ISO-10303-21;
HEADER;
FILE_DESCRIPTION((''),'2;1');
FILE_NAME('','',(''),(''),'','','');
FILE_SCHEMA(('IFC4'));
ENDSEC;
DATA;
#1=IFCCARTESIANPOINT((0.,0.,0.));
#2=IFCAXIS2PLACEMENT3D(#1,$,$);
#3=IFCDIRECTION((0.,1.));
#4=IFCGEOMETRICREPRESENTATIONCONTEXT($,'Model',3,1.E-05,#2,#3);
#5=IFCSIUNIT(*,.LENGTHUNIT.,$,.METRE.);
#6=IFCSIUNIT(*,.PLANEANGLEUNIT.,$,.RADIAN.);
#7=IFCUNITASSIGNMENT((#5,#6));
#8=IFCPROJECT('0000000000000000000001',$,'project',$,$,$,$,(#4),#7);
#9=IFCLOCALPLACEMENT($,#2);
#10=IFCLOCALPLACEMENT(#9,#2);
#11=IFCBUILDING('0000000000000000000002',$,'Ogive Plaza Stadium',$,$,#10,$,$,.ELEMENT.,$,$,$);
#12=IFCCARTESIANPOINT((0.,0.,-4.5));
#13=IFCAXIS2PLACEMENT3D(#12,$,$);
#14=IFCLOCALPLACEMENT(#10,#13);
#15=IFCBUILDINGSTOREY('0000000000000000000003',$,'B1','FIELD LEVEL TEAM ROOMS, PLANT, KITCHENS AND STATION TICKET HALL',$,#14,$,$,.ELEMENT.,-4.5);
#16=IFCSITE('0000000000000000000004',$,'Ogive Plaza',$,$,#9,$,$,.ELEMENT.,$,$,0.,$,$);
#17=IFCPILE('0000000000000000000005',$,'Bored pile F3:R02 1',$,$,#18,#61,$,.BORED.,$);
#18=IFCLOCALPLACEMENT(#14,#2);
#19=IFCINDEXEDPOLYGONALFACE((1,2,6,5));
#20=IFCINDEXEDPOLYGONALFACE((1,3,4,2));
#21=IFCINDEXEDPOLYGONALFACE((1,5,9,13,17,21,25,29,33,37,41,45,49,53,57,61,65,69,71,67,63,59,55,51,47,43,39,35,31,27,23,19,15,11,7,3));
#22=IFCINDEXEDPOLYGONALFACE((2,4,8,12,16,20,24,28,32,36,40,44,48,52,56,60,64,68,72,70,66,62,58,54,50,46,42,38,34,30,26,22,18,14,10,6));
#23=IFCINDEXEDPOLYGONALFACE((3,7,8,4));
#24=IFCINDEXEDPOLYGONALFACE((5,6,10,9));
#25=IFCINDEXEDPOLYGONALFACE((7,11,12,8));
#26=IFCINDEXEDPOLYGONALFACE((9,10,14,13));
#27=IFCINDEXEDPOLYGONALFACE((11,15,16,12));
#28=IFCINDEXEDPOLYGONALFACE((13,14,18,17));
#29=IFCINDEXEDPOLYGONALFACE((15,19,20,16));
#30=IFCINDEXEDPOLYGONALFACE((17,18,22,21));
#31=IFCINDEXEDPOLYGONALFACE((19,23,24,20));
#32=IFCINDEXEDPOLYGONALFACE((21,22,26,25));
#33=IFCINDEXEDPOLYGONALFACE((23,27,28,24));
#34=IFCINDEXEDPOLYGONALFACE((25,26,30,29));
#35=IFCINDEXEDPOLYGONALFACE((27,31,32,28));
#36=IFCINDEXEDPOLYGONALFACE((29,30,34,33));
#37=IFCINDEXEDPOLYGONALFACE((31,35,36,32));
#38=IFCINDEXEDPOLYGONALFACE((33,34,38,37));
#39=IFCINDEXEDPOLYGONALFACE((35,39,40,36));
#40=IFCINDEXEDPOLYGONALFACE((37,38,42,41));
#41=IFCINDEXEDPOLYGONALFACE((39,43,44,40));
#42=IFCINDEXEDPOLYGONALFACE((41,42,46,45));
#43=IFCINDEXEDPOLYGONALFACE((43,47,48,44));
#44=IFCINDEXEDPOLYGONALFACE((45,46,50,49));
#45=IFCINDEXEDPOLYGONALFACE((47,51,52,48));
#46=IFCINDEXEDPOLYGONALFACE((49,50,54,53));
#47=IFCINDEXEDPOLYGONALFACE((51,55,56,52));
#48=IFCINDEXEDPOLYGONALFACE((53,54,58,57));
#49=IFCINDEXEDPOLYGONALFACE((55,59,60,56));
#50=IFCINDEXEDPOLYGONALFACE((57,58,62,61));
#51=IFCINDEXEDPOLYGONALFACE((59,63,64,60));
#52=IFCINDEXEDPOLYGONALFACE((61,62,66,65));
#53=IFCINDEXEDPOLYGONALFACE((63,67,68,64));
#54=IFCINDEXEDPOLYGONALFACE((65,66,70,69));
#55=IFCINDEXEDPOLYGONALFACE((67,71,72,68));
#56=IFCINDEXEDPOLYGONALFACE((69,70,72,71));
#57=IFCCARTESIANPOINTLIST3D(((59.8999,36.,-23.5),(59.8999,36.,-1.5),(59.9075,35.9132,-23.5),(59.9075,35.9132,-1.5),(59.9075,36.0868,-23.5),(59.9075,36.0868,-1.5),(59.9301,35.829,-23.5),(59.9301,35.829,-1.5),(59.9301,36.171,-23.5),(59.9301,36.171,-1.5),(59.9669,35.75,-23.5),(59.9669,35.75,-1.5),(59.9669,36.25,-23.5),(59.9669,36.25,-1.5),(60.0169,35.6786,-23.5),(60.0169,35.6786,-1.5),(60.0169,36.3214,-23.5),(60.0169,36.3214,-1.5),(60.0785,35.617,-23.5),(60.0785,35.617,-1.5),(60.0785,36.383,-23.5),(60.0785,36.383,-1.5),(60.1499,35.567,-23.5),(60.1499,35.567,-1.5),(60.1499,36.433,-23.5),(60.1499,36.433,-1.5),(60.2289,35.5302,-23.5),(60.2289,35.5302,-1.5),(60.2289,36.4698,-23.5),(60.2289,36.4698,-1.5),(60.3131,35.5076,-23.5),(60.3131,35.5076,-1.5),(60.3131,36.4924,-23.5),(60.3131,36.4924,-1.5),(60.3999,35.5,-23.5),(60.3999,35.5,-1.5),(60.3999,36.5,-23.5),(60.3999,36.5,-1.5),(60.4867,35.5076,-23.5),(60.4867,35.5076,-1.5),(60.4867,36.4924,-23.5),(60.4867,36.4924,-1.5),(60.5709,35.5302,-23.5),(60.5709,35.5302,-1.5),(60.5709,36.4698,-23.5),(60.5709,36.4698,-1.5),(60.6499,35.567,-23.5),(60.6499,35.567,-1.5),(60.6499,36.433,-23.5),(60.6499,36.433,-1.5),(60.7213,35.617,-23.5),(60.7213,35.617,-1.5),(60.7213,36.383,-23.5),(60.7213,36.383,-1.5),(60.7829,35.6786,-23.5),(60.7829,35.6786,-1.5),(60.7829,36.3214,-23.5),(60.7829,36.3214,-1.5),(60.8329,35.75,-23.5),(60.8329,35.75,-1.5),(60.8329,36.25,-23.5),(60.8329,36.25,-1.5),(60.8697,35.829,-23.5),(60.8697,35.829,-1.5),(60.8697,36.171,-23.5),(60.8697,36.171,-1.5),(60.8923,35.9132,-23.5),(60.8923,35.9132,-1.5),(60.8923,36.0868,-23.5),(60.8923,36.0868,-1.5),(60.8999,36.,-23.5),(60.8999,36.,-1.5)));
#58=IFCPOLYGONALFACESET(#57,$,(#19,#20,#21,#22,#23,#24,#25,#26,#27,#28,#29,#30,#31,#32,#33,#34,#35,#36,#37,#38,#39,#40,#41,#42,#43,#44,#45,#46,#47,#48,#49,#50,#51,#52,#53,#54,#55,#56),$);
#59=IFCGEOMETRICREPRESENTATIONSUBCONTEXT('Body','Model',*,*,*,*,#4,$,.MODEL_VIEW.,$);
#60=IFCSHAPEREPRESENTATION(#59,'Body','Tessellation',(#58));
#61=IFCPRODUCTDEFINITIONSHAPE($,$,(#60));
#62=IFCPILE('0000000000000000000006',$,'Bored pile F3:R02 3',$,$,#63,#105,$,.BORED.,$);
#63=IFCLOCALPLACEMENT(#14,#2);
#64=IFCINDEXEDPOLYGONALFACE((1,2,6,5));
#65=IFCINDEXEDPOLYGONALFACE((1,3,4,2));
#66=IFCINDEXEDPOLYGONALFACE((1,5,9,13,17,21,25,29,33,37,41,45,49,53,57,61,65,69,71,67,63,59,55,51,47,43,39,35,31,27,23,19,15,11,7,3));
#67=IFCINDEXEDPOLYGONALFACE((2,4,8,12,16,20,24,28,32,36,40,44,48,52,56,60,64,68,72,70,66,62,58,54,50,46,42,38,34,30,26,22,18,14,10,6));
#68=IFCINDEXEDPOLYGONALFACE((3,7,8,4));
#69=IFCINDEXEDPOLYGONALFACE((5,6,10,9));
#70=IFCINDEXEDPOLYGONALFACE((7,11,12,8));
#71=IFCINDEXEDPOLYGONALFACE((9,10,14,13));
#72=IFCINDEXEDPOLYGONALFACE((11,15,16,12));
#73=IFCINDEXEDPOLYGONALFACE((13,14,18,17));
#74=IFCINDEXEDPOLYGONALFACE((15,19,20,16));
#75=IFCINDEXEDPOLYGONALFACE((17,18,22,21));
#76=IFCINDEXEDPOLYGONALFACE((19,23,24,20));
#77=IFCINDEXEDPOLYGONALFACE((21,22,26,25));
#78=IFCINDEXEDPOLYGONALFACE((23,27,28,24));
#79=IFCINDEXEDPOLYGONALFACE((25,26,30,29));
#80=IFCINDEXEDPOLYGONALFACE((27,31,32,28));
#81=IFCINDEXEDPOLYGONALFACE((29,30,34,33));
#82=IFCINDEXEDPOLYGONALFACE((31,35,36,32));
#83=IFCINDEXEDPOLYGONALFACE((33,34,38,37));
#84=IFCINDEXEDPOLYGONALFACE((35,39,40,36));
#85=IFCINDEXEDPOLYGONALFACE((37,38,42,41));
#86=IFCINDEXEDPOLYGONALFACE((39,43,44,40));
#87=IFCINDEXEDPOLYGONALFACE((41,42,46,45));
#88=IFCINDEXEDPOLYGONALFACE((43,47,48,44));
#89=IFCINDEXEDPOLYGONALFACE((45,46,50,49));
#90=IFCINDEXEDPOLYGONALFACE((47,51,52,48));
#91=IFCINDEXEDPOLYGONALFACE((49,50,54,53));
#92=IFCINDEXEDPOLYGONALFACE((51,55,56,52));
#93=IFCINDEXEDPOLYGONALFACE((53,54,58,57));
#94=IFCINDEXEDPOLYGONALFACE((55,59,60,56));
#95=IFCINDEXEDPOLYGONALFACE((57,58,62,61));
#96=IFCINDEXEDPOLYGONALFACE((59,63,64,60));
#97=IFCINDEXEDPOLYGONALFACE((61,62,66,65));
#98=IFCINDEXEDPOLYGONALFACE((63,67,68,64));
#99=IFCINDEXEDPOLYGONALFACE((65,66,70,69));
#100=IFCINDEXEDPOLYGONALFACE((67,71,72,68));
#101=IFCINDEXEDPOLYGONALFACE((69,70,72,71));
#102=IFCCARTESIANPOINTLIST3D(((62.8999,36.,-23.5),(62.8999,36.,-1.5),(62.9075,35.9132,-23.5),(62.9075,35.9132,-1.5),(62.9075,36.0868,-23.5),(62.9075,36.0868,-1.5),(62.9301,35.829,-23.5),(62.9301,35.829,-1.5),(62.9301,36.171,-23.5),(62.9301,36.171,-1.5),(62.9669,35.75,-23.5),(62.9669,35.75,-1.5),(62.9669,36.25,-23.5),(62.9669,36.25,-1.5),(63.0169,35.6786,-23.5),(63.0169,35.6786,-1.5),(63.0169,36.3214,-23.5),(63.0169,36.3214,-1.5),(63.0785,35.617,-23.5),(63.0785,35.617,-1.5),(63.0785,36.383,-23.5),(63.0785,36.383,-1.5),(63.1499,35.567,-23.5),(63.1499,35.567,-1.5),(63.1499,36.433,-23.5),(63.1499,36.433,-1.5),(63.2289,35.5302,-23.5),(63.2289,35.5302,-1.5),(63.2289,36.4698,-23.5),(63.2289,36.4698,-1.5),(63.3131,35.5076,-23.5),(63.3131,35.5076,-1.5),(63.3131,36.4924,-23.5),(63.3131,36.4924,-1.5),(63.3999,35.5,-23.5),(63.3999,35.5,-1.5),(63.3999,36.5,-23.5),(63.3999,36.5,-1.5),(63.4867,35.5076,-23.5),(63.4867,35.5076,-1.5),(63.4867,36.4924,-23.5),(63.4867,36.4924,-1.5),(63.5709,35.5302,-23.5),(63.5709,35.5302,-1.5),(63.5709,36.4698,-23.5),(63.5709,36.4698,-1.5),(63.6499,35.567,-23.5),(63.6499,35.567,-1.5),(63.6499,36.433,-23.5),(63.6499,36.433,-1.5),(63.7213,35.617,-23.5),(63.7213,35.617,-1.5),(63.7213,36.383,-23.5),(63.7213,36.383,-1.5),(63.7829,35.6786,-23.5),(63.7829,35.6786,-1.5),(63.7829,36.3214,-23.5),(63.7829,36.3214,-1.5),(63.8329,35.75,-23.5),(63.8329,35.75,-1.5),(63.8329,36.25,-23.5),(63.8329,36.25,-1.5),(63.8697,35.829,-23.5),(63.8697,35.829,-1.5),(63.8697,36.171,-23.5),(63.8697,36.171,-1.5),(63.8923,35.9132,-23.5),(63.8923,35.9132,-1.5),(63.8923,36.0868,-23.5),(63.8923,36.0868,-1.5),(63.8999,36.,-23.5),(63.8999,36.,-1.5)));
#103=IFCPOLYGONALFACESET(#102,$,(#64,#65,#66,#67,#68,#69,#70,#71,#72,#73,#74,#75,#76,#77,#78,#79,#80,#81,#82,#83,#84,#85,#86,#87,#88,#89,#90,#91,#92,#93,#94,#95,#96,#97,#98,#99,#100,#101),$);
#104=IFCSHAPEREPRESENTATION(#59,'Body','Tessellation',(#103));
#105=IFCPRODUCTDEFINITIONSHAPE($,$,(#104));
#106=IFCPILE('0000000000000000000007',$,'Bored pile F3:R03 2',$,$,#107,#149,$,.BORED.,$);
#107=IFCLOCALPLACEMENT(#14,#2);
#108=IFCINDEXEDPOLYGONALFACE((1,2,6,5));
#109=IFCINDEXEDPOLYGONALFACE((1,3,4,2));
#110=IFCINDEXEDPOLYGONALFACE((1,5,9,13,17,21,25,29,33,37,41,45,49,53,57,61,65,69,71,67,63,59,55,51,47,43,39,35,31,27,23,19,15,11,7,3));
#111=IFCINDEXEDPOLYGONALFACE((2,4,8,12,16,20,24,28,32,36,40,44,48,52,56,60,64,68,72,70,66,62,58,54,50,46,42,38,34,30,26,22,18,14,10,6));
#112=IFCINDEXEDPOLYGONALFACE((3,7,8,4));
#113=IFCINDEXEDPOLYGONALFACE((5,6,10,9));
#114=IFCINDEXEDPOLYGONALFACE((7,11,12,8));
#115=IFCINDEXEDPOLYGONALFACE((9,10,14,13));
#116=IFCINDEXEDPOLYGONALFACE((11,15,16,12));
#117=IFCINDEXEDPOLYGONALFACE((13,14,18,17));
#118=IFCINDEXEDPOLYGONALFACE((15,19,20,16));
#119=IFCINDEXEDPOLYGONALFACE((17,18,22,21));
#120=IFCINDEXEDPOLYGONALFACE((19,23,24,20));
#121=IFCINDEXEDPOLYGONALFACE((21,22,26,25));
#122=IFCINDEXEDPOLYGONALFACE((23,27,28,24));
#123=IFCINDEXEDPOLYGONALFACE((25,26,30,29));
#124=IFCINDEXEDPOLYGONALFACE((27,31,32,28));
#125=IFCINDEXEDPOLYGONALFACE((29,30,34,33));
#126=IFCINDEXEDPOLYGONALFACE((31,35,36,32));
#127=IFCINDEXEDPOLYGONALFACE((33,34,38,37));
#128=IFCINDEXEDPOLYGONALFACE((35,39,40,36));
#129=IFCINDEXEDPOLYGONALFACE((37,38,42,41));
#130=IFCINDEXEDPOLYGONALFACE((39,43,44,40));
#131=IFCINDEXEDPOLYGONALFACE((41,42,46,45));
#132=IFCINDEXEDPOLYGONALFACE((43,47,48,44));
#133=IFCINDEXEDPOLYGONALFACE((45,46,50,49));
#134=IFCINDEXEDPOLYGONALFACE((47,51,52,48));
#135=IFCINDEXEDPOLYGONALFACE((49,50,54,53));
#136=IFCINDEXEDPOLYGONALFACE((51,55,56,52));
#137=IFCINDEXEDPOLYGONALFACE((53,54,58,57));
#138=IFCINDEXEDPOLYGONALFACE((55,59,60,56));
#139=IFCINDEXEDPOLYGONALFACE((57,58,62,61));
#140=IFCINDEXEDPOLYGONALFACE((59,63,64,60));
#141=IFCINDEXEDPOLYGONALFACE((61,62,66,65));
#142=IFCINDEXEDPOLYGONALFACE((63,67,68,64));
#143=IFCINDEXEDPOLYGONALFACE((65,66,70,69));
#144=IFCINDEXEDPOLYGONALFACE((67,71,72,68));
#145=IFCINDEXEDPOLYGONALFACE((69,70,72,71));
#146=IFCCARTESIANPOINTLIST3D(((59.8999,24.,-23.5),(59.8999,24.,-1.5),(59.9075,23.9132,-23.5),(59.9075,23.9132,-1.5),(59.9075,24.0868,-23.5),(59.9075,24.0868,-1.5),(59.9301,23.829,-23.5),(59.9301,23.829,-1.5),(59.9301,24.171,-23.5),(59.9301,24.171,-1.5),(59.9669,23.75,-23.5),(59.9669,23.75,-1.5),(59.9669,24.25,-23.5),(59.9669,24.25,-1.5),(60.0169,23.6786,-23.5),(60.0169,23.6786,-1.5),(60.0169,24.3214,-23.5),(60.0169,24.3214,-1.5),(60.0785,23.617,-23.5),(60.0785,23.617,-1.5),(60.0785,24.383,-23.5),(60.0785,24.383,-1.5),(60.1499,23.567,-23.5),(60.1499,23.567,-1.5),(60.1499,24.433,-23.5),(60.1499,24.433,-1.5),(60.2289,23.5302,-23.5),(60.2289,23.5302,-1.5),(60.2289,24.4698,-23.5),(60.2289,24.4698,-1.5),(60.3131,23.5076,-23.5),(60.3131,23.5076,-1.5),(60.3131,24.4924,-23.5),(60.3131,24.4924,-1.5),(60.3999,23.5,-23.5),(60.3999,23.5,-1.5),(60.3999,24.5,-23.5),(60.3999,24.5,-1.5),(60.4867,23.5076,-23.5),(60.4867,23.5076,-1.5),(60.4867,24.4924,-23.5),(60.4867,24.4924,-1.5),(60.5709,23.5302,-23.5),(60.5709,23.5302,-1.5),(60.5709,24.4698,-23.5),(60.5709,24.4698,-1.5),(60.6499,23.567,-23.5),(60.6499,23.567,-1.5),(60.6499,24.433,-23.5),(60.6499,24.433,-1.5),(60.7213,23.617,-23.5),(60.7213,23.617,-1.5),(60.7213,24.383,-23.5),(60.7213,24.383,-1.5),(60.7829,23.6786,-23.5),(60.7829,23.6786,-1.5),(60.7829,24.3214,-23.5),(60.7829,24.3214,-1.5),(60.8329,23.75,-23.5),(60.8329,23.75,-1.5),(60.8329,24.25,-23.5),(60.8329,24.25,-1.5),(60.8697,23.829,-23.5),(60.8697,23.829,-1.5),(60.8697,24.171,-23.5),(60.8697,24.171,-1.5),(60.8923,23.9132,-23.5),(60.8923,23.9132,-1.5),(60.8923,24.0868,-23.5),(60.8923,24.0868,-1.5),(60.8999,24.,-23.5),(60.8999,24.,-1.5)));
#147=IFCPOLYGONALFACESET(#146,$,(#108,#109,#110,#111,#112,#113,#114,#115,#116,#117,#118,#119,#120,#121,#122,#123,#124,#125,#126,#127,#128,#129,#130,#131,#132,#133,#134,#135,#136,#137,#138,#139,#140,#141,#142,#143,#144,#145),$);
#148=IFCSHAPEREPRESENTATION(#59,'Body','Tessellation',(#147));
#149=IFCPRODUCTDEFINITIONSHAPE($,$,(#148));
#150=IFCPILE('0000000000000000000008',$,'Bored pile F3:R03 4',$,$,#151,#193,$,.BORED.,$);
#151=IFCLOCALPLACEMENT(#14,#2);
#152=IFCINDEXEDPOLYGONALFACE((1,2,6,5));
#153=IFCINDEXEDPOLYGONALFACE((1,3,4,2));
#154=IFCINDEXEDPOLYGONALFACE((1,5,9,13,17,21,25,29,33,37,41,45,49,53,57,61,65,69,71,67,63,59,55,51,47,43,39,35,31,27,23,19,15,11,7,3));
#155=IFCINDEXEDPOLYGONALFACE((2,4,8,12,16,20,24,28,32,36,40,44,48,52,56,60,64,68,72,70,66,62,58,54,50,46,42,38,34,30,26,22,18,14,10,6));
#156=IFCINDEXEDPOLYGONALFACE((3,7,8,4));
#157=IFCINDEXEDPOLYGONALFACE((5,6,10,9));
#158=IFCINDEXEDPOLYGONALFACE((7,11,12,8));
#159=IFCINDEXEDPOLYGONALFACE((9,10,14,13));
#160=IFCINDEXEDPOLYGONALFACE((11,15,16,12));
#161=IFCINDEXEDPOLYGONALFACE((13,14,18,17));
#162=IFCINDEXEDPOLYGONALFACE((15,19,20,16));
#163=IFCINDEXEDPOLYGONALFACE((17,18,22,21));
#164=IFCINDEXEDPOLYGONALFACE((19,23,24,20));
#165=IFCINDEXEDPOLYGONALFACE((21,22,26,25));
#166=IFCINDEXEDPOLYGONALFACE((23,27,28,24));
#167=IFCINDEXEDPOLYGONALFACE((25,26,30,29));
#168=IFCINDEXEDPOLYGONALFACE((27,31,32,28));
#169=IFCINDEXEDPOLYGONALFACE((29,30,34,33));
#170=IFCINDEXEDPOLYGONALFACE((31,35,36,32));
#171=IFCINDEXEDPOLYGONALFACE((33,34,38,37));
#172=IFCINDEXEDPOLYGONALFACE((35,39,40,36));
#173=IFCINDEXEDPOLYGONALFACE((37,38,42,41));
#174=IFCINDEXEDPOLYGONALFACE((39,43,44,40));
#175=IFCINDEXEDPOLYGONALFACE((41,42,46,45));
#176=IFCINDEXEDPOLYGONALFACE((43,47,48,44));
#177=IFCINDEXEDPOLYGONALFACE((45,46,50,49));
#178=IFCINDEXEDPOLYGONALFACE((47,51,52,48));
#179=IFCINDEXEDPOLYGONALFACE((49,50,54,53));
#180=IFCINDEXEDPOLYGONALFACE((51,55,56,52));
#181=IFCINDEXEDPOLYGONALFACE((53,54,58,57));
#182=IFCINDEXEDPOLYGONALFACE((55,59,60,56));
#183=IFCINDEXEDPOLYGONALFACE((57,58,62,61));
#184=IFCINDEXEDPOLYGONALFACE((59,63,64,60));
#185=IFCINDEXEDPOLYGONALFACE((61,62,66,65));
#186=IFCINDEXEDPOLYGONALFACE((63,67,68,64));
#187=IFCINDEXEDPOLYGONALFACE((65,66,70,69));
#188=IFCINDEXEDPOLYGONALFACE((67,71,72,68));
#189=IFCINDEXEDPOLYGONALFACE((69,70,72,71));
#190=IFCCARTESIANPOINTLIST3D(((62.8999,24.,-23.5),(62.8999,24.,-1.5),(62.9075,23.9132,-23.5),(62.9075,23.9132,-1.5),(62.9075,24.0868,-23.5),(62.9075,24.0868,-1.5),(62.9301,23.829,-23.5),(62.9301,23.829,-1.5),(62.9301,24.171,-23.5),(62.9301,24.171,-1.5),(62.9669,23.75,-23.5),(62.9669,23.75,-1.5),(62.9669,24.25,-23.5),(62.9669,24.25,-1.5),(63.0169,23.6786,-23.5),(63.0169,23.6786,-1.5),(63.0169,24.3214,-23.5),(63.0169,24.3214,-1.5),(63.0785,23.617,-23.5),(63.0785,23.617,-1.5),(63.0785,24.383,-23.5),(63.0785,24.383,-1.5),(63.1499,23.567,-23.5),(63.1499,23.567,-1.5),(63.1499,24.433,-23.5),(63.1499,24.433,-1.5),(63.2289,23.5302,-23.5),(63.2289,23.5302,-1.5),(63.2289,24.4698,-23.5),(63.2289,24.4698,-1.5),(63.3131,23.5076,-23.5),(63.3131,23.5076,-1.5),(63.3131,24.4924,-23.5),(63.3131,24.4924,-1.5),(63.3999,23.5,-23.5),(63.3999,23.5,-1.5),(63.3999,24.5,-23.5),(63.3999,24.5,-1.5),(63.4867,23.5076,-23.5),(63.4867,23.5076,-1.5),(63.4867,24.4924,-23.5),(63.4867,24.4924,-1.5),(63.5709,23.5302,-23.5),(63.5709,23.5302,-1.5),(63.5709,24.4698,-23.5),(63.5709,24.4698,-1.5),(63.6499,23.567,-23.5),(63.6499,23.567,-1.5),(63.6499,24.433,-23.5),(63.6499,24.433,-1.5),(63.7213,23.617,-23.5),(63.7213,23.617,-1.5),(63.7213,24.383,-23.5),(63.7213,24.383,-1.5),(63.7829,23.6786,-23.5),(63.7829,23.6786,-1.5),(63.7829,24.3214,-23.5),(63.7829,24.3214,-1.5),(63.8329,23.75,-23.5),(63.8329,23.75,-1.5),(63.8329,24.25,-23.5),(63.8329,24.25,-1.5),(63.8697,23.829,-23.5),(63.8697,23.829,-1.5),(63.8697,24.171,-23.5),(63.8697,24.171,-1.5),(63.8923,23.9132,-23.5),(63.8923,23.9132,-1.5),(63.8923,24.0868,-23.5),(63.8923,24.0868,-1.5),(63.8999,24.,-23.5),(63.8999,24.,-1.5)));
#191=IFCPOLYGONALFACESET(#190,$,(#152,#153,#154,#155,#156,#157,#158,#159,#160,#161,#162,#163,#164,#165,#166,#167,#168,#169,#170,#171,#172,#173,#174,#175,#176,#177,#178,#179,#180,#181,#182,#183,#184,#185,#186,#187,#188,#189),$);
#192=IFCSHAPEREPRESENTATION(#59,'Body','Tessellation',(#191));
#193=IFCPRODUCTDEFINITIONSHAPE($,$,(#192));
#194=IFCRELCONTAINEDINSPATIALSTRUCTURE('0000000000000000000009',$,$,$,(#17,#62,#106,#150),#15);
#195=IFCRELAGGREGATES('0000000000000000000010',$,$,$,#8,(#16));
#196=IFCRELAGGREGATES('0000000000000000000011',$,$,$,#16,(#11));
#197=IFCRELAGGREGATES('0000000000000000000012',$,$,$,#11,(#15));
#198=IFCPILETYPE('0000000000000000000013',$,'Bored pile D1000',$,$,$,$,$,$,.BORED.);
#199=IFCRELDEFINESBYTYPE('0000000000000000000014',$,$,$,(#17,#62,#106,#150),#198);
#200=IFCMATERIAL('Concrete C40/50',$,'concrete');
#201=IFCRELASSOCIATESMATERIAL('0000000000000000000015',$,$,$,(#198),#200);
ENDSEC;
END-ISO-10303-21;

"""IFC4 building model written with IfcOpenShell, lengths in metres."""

from ifc_helpers import new_model, si_unit, direction, frame, origin, origin_2d, place, context, subcontext, project, spatial, circle, extrude, material, material_profile, profile_set, type_object, element, save


model = new_model("IFC4")

# Units and contexts
model_context = context("Model", 3, precision=1e-05, world=origin(), true_north=direction((0.0, 1.0)))
body_context = subcontext(model_context, "Body", "Model", "MODEL_VIEW")
ifc_project = project(units=[si_unit("LENGTHUNIT", "METRE"), si_unit("PLANEANGLEUNIT", "RADIAN")], contexts=[model_context])

# Site, building, storey
site_placement = place(None, origin())
site = spatial("IfcSite", under=ifc_project, at=site_placement, Name="Ogive Plaza", CompositionType="ELEMENT", RefElevation=0.0)
building_placement = place(site_placement, origin())
building = spatial("IfcBuilding", under=site, at=building_placement, Name="Ogive Plaza Stadium", CompositionType="ELEMENT")
storey_placement = place(building_placement, frame((0.0, 0.0, -4.5)))
storey = spatial("IfcBuildingStorey", under=building, at=storey_placement, Name="B1", Description="FIELD LEVEL TEAM ROOMS, PLANT, KITCHENS AND STATION TICKET HALL", CompositionType="ELEMENT", Elevation=-4.5)

# Piles
ifc_material_1 = material(Name="Concrete C40/50", Category="concrete")
ifc_material_profile_1 = material_profile(ifc_material_1, circle(Radius=0.5, at=origin_2d()), Name="RC D1000")
ifc_profile_set_1 = profile_set([ifc_material_profile_1], Name="Concrete C40/50")
pile_type_1 = type_object("IfcPileType", Name="Bored pile D1000", PredefinedType="BORED", material=ifc_profile_set_1)
for number, where, z_axis, x_axis, name in (
    (1, (60.3999, 36.0, -1.5), (0.0, 0.0, -1.0), (1.0, 0.0, 0.0), "Bored pile F3:R02 1"),
    (2, (63.3999, 36.0, -1.5), (0.0, 0.0, -1.0), (1.0, 0.0, 0.0), "Bored pile F3:R02 3"),
    (3, (60.3999, 24.0, -1.5), (0.0, 0.0, -1.0), (1.0, 0.0, 0.0), "Bored pile F3:R03 2"),
    (4, (63.3999, 24.0, -1.5), (0.0, 0.0, -1.0), (1.0, 0.0, 0.0), "Bored pile F3:R03 4"),
):
    element("IfcPile", number, at=place(storey_placement, frame(where, z_axis=z_axis, x_axis=x_axis)), inside=storey, type_object=pile_type_1, Name=name, PredefinedType="BORED", context=body_context, shape_type="SweptSolid", body=[
        extrude(circle(Radius=0.5, at=origin_2d()), origin(), (0.0, 0.0, 1.0), 22.0),
    ])

save(model, "model.ifc")
